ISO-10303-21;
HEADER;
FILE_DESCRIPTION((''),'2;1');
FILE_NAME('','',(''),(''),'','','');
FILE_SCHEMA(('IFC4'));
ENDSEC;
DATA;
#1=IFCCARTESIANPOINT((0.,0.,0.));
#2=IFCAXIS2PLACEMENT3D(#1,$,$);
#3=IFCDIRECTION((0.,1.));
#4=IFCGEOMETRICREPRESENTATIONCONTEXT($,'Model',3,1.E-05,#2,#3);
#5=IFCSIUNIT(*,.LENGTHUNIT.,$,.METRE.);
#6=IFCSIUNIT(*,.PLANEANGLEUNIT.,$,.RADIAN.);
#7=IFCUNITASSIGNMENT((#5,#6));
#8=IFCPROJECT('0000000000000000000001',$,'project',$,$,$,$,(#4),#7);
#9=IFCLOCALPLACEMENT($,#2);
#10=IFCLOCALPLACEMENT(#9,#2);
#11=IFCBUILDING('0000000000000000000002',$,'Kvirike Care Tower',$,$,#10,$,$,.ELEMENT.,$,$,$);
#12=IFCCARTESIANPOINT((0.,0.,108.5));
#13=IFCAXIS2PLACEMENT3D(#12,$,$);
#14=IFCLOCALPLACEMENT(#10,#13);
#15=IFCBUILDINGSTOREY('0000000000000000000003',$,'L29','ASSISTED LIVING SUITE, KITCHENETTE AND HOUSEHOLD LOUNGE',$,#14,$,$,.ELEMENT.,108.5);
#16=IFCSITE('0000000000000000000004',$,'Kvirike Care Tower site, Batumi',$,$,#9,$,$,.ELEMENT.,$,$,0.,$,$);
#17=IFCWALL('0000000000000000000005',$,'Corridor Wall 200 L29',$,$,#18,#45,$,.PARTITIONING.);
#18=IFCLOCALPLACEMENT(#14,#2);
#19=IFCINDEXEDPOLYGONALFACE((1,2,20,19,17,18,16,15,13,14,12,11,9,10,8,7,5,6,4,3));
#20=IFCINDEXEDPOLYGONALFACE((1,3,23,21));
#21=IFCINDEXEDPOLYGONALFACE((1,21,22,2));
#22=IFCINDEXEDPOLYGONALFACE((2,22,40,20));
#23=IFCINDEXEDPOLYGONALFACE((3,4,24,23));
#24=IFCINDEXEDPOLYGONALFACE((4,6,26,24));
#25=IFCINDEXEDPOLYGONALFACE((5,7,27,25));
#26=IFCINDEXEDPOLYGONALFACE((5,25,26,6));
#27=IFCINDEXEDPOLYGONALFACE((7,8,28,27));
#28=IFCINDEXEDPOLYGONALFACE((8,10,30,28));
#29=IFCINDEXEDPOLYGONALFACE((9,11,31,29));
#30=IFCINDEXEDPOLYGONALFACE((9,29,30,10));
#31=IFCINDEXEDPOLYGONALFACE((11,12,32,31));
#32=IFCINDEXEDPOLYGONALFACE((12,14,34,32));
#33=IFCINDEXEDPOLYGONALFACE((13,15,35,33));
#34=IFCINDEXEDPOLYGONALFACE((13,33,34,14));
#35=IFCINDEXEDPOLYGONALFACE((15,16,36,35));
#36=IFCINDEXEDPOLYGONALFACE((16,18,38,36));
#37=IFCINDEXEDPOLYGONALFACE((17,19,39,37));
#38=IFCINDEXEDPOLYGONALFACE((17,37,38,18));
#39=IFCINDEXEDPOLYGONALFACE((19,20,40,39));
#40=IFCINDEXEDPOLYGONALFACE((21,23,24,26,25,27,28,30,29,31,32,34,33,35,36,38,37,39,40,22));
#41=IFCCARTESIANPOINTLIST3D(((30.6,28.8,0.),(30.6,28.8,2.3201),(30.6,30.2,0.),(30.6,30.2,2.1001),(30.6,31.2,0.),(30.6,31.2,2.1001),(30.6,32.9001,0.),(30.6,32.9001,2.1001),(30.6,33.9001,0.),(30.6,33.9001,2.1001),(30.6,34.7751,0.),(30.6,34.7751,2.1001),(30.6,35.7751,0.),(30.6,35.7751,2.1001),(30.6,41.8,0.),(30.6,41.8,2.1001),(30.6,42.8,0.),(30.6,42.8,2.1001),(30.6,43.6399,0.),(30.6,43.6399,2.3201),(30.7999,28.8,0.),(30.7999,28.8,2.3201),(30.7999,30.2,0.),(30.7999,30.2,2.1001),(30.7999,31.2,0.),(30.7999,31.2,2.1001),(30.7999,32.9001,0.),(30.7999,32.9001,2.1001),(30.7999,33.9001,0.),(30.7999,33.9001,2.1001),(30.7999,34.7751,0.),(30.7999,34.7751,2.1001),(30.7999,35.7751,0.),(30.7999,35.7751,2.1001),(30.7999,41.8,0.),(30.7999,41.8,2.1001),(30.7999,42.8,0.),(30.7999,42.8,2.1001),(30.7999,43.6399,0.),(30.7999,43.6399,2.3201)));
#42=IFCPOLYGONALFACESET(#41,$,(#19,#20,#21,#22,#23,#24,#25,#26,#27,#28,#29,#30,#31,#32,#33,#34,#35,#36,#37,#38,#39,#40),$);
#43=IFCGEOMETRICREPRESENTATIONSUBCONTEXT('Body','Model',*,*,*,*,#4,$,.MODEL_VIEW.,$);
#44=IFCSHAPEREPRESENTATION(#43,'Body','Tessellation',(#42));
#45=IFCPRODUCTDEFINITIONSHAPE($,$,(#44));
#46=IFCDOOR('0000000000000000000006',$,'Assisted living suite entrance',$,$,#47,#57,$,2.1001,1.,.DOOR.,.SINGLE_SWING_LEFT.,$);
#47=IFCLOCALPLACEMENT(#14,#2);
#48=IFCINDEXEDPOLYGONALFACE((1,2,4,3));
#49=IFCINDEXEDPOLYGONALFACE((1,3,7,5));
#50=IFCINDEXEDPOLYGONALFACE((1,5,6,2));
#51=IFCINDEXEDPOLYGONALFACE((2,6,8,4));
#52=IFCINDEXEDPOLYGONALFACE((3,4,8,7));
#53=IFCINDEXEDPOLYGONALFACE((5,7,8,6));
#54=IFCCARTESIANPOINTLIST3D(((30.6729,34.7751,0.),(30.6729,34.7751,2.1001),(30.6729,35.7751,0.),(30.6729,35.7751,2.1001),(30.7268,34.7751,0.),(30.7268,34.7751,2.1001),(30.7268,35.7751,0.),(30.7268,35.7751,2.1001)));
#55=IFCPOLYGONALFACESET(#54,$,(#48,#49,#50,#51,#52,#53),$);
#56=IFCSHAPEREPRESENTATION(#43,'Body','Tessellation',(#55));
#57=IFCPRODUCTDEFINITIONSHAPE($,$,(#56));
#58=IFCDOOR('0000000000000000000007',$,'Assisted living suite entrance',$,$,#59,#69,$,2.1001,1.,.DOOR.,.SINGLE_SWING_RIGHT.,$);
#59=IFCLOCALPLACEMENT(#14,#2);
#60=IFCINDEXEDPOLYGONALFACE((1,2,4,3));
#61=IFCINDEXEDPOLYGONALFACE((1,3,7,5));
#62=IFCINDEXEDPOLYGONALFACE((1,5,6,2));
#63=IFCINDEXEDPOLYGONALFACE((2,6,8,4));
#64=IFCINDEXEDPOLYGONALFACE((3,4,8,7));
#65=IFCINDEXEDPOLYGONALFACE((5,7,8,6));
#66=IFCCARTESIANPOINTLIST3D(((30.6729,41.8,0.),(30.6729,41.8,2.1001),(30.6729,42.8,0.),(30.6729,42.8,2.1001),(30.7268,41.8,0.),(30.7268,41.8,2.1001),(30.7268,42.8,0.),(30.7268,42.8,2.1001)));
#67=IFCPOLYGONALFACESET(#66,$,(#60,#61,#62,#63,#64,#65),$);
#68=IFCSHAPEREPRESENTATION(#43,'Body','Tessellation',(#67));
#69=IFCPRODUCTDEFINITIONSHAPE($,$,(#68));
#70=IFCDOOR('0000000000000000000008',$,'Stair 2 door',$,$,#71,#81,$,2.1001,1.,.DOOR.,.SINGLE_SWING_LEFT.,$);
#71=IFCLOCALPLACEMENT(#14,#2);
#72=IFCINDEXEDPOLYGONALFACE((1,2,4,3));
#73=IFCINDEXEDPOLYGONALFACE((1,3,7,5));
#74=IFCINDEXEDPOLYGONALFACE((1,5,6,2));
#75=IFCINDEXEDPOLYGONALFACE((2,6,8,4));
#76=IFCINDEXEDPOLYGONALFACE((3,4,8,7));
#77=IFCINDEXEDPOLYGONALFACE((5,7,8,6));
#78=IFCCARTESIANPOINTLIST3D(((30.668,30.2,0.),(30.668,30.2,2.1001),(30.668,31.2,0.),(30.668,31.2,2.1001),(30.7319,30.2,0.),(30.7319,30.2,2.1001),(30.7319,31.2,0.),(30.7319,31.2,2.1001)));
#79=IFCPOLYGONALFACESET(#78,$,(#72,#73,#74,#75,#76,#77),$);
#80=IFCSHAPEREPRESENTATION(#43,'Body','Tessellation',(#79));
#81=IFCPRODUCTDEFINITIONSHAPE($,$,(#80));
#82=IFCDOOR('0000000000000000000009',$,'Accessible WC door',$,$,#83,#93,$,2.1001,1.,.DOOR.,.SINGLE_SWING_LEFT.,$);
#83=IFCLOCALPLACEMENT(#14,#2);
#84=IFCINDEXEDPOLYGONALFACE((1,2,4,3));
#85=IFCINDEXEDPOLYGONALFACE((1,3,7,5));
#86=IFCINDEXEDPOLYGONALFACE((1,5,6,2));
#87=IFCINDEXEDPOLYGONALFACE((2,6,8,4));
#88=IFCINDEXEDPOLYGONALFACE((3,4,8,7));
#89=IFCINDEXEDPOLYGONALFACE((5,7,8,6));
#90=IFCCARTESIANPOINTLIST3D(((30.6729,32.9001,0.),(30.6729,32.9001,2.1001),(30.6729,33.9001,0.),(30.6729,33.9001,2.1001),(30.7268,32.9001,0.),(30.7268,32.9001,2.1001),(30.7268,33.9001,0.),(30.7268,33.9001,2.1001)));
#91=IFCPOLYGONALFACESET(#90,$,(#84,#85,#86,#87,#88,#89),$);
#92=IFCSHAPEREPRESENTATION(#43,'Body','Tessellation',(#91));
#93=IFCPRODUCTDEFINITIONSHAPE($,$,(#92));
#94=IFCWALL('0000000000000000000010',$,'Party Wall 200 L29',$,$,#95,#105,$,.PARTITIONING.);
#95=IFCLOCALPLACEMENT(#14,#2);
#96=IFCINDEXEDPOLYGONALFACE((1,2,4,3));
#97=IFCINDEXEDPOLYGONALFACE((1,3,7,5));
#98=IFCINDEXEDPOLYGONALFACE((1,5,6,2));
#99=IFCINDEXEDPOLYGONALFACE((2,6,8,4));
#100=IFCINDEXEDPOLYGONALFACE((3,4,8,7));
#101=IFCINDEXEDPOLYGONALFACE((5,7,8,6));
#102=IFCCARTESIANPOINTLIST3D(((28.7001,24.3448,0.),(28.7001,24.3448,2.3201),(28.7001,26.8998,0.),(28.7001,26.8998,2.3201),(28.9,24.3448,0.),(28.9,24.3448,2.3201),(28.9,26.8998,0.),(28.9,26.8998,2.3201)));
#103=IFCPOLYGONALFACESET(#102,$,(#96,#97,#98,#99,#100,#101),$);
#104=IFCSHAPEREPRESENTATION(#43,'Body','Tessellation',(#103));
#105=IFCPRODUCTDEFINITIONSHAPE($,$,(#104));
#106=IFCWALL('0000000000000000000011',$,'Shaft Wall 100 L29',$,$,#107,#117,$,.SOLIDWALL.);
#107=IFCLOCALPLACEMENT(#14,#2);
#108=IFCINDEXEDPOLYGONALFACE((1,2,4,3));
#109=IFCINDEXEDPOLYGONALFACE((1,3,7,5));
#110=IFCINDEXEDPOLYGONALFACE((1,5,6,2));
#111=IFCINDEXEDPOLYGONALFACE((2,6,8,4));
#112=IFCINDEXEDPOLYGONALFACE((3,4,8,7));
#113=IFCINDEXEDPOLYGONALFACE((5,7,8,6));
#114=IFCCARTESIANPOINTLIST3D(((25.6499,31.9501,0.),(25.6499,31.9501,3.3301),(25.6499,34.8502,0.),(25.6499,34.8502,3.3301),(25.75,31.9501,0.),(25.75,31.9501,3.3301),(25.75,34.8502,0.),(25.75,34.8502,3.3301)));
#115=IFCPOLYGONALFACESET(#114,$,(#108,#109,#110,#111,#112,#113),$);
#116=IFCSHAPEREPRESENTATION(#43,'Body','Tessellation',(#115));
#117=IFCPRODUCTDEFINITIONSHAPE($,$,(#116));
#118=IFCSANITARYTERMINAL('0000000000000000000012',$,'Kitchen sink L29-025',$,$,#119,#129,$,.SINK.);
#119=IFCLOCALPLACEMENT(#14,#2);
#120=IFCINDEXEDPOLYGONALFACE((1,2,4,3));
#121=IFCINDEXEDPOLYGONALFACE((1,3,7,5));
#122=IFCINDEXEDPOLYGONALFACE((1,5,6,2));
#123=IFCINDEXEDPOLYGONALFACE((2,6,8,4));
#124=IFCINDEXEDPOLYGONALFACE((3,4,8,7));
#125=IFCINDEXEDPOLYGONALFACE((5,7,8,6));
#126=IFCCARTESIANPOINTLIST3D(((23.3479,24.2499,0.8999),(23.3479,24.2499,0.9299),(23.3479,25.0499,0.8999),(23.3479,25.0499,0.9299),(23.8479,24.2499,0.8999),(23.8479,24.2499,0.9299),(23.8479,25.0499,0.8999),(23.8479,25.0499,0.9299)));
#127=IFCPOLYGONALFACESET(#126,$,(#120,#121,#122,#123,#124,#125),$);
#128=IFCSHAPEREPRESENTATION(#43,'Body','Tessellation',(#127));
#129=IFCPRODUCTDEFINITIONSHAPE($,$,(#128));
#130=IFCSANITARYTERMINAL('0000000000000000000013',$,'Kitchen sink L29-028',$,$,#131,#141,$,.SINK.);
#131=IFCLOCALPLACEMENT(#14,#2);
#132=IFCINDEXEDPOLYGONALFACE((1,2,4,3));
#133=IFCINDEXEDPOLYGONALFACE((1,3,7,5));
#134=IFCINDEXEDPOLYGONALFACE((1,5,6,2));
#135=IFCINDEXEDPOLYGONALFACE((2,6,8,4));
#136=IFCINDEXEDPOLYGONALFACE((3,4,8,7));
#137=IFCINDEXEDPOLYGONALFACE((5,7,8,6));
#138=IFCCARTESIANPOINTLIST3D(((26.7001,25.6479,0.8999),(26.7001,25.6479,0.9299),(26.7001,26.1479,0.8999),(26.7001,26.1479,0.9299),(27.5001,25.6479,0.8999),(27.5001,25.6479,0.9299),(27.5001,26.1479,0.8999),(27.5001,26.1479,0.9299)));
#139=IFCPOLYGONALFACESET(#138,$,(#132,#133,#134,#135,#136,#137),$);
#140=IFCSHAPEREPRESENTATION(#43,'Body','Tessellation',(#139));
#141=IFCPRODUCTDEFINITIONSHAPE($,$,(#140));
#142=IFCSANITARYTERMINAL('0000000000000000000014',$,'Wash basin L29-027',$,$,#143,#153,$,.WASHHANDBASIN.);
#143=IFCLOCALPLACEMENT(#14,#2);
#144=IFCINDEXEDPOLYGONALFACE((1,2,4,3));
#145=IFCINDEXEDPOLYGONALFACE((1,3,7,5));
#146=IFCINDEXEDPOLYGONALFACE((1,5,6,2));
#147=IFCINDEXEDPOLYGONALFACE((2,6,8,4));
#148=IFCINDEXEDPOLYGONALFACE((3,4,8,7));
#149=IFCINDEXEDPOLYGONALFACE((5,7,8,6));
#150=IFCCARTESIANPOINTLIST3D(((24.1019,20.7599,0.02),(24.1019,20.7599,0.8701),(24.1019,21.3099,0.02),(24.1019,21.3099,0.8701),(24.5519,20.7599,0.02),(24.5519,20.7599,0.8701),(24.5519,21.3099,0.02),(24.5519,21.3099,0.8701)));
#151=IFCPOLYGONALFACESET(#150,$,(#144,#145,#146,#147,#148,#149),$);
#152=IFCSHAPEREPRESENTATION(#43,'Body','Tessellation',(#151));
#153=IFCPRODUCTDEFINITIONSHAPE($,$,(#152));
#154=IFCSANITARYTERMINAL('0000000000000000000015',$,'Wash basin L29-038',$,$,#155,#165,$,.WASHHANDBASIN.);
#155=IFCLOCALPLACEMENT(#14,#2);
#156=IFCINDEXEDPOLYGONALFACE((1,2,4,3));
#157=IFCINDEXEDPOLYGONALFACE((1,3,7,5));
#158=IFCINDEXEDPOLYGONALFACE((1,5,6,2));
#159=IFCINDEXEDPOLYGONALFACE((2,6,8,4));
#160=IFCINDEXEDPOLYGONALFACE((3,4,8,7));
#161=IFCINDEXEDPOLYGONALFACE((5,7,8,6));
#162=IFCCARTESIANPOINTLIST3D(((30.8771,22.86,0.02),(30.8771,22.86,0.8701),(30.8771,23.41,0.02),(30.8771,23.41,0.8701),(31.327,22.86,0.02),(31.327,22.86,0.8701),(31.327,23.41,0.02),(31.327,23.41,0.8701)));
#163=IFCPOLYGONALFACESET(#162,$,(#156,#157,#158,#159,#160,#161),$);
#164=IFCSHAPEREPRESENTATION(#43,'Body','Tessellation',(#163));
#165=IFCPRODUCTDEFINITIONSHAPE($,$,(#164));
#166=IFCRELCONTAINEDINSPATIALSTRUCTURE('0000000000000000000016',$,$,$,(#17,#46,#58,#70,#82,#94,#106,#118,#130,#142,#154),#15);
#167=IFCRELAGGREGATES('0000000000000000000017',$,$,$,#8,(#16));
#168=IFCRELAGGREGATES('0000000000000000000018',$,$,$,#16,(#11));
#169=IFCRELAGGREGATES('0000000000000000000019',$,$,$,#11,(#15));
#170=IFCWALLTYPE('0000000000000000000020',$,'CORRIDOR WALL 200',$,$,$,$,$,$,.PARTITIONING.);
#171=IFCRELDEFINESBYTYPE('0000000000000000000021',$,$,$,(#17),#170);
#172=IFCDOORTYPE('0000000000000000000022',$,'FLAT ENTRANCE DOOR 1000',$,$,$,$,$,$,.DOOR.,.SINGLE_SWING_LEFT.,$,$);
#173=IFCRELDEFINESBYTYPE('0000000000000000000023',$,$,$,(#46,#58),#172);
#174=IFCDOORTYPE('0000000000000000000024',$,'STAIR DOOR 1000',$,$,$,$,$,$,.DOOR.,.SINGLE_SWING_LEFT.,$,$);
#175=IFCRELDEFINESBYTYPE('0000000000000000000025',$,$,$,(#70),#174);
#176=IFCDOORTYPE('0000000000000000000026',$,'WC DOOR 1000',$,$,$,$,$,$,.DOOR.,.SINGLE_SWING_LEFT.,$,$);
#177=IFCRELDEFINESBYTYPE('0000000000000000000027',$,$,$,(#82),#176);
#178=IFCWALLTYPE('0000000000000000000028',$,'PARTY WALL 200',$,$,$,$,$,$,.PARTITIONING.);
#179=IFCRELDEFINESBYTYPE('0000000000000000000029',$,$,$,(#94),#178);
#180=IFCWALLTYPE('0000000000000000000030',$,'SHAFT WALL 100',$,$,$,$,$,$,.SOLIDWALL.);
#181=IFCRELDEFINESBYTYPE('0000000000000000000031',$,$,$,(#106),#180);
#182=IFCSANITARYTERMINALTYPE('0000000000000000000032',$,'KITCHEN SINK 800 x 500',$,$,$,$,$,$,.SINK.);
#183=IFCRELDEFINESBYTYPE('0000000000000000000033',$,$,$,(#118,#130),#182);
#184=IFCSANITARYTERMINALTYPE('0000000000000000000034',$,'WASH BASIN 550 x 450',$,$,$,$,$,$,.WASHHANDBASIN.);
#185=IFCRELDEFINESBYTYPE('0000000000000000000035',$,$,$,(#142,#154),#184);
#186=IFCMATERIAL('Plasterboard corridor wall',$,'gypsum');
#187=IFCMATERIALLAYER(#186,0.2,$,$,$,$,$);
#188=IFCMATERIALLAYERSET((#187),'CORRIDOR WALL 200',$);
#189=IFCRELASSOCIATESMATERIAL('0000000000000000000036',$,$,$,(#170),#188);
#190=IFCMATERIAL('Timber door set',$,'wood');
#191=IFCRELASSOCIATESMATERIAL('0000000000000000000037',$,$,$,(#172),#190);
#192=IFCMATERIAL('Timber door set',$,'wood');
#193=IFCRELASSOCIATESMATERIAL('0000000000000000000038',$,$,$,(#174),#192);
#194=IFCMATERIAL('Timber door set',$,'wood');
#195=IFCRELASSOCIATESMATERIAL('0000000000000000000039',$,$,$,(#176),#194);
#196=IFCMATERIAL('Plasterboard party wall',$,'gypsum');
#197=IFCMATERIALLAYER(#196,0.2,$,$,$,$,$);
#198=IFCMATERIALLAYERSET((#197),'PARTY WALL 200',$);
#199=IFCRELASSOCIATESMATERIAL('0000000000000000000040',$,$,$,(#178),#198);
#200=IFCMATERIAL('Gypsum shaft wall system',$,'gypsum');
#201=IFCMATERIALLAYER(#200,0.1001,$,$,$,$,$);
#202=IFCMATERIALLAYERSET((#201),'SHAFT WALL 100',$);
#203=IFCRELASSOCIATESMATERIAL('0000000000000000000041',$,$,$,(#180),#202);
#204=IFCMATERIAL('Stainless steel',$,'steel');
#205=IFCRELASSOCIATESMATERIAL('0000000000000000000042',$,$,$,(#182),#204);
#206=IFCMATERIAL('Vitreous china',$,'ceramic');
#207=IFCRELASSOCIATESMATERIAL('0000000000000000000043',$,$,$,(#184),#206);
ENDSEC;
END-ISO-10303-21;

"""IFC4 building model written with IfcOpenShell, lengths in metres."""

from ifc_helpers import new_model, si_unit, direction, frame, frame_2d, origin, origin_2d, place, context, subcontext, project, spatial, rectangle, extrude, material, layer, layer_set, type_object, element, fill, save


model = new_model("IFC4")

# Units and contexts
model_context = context("Model", 3, precision=1e-05, world=origin(), true_north=direction((0.0, 1.0)))
body_context = subcontext(model_context, "Body", "Model", "MODEL_VIEW")
ifc_project = project(units=[si_unit("LENGTHUNIT", "METRE"), si_unit("PLANEANGLEUNIT", "RADIAN")], contexts=[model_context])

# Site, building, storey
site_placement = place(None, origin())
site = spatial("IfcSite", under=ifc_project, at=site_placement, Name="Kvirike Care Tower site, Batumi", CompositionType="ELEMENT", RefElevation=0.0)
building_placement = place(site_placement, origin())
building = spatial("IfcBuilding", under=site, at=building_placement, Name="Kvirike Care Tower", CompositionType="ELEMENT")
storey_placement = place(building_placement, frame((0.0, 0.0, 108.5)))
storey = spatial("IfcBuildingStorey", under=building, at=storey_placement, Name="L29", Description="ASSISTED LIVING SUITE, KITCHENETTE AND HOUSEHOLD LOUNGE", CompositionType="ELEMENT", Elevation=108.5)

# Wall, openings, doors
ifc_material_1 = material(Name="Plasterboard corridor wall", Category="gypsum")
ifc_layer_1 = layer(ifc_material_1, 0.2)
ifc_layer_set_1 = layer_set([ifc_layer_1], Name="CORRIDOR WALL 200")
wall_type_1 = type_object("IfcWallType", Name="CORRIDOR WALL 200", PredefinedType="PARTITIONING", material=ifc_layer_set_1)
ifc_material_2 = material(Name="Timber door set", Category="wood")
door_type_1 = type_object("IfcDoorType", Name="FLAT ENTRANCE DOOR 1000", OperationType="SINGLE_SWING_LEFT", PredefinedType="DOOR", material=ifc_material_2)
wall_1_placement = place(storey_placement, frame((30.7, 28.8, 0.0), z_axis=(0.0, 0.0, 1.0), x_axis=(0.0, 1.0, 0.0)))
wall_1 = element("IfcWall", 1, at=wall_1_placement, inside=storey, type_object=wall_type_1, Name="Corridor Wall 200 L29", PredefinedType="PARTITIONING", context=body_context, shape_type="SweptSolid", body=[
    extrude(rectangle(XDim=14.8398, YDim=0.2, at=frame_2d((7.4199, 0.0))), origin(), (0.0, 0.0, 1.0), 2.3201),
])
opening_1_placement = place(wall_1_placement, frame((1.3999, 0.0, 0.0)))
opening_1 = element("IfcOpeningElement", 2, at=opening_1_placement, cuts=wall_1, PredefinedType="OPENING", context=body_context, shape_type="SweptSolid", body=[
    extrude(rectangle(XDim=1.0, YDim=2.1001, at=frame_2d((0.5, 1.05))), frame((0.0, 0.1106, 0.0), z_axis=(0.0, -1.0, 0.0), x_axis=(1.0, 0.0, 0.0)), (0.0, 0.0, 1.0), 0.2209),
])
opening_2_placement = place(wall_1_placement, frame((4.1001, 0.0, 0.0)))
opening_2 = element("IfcOpeningElement", 3, at=opening_2_placement, cuts=wall_1, PredefinedType="OPENING", context=body_context, shape_type="SweptSolid", body=[
    extrude(rectangle(XDim=1.0, YDim=2.1001, at=frame_2d((0.5, 1.05))), frame((0.0, 0.1106, 0.0), z_axis=(0.0, -1.0, 0.0), x_axis=(1.0, 0.0, 0.0)), (0.0, 0.0, 1.0), 0.2209),
])
opening_3_placement = place(wall_1_placement, frame((5.9751, 0.0, 0.0)))
opening_3 = element("IfcOpeningElement", 4, at=opening_3_placement, cuts=wall_1, PredefinedType="OPENING", context=body_context, shape_type="SweptSolid", body=[
    extrude(rectangle(XDim=1.0, YDim=2.1001, at=frame_2d((0.5, 1.05))), frame((0.0, 0.1106, 0.0), z_axis=(0.0, -1.0, 0.0), x_axis=(1.0, 0.0, 0.0)), (0.0, 0.0, 1.0), 0.2209),
])
opening_4_placement = place(wall_1_placement, frame((13.0, 0.0, 0.0)))
opening_4 = element("IfcOpeningElement", 5, at=opening_4_placement, cuts=wall_1, PredefinedType="OPENING", context=body_context, shape_type="SweptSolid", body=[
    extrude(rectangle(XDim=1.0, YDim=2.1001, at=frame_2d((0.5, 1.05))), frame((0.0, 0.1106, 0.0), z_axis=(0.0, -1.0, 0.0), x_axis=(1.0, 0.0, 0.0)), (0.0, 0.0, 1.0), 0.2209),
])
door_1_placement = place(opening_3_placement, frame((1.0, 0.0, 0.0), z_axis=(0.0, 0.0, 1.0), x_axis=(-1.0, 0.0, 0.0)))
door_1 = element("IfcDoor", 6, at=door_1_placement, inside=storey, type_object=door_type_1, Name="Assisted living suite entrance", OperationType="SINGLE_SWING_LEFT", OverallHeight=2.1001, OverallWidth=1.0, PredefinedType="DOOR", context=body_context, shape_type="SweptSolid", body=[
    extrude(rectangle(XDim=1.0, YDim=2.1001, at=frame_2d((0.5, 1.05))), frame((0.0, 0.0269, 0.0), z_axis=(0.0, -1.0, 0.0), x_axis=(1.0, 0.0, 0.0)), (0.0, 0.0, 1.0), 0.054),
])
fill(opening_3, door_1)
door_2_placement = place(opening_4_placement, frame((1.0, 0.0, 0.0), z_axis=(0.0, 0.0, 1.0), x_axis=(-1.0, 0.0, 0.0)))
door_2 = element("IfcDoor", 7, at=door_2_placement, inside=storey, type_object=door_type_1, Name="Assisted living suite entrance", OperationType="SINGLE_SWING_RIGHT", OverallHeight=2.1001, OverallWidth=1.0, PredefinedType="DOOR", context=body_context, shape_type="SweptSolid", body=[
    extrude(rectangle(XDim=1.0, YDim=2.1001, at=frame_2d((0.5, 1.05))), frame((0.0, 0.0269, 0.0), z_axis=(0.0, -1.0, 0.0), x_axis=(1.0, 0.0, 0.0)), (0.0, 0.0, 1.0), 0.054),
])
fill(opening_4, door_2)
ifc_material_3 = material(Name="Timber door set", Category="wood")
door_type_2 = type_object("IfcDoorType", Name="STAIR DOOR 1000", OperationType="SINGLE_SWING_LEFT", PredefinedType="DOOR", material=ifc_material_3)
door_3_placement = place(opening_1_placement, frame((1.0, 0.0, 0.0), z_axis=(0.0, 0.0, 1.0), x_axis=(-1.0, 0.0, 0.0)))
door_3 = element("IfcDoor", 8, at=door_3_placement, inside=storey, type_object=door_type_2, Name="Stair 2 door", OperationType="SINGLE_SWING_LEFT", OverallHeight=2.1001, OverallWidth=1.0, PredefinedType="DOOR", context=body_context, shape_type="SweptSolid", body=[
    extrude(rectangle(XDim=1.0, YDim=2.1001, at=frame_2d((0.5, 1.05))), frame((0.0, 0.032, 0.0), z_axis=(0.0, -1.0, 0.0), x_axis=(1.0, 0.0, 0.0)), (0.0, 0.0, 1.0), 0.064),
])
fill(opening_1, door_3)
ifc_material_4 = material(Name="Timber door set", Category="wood")
door_type_3 = type_object("IfcDoorType", Name="WC DOOR 1000", OperationType="SINGLE_SWING_LEFT", PredefinedType="DOOR", material=ifc_material_4)
door_4_placement = place(opening_2_placement, frame((1.0, 0.0, 0.0), z_axis=(0.0, 0.0, 1.0), x_axis=(-1.0, 0.0, 0.0)))
door_4 = element("IfcDoor", 9, at=door_4_placement, inside=storey, type_object=door_type_3, Name="Accessible WC door", OperationType="SINGLE_SWING_LEFT", OverallHeight=2.1001, OverallWidth=1.0, PredefinedType="DOOR", context=body_context, shape_type="SweptSolid", body=[
    extrude(rectangle(XDim=1.0, YDim=2.1001, at=frame_2d((0.5, 1.05))), frame((0.0, 0.0269, 0.0), z_axis=(0.0, -1.0, 0.0), x_axis=(1.0, 0.0, 0.0)), (0.0, 0.0, 1.0), 0.054),
])
fill(opening_2, door_4)

# Walls
ifc_material_5 = material(Name="Plasterboard party wall", Category="gypsum")
ifc_layer_2 = layer(ifc_material_5, 0.2)
ifc_layer_set_2 = layer_set([ifc_layer_2], Name="PARTY WALL 200")
wall_type_2 = type_object("IfcWallType", Name="PARTY WALL 200", PredefinedType="PARTITIONING", material=ifc_layer_set_2)
wall_2_placement = place(storey_placement, frame((28.8, 24.345, 0.0), z_axis=(0.0, 0.0, 1.0), x_axis=(0.0, 1.0, 0.0)))
element("IfcWall", 10, at=wall_2_placement, inside=storey, type_object=wall_type_2, Name="Party Wall 200 L29", PredefinedType="PARTITIONING", context=body_context, shape_type="SweptSolid", body=[
    extrude(rectangle(XDim=2.5549, YDim=0.2, at=frame_2d((1.2773, 0.0))), origin(), (0.0, 0.0, 1.0), 2.3201),
])
ifc_material_6 = material(Name="Gypsum shaft wall system", Category="gypsum")
ifc_layer_3 = layer(ifc_material_6, 0.1001)
ifc_layer_set_3 = layer_set([ifc_layer_3], Name="SHAFT WALL 100")
wall_type_3 = type_object("IfcWallType", Name="SHAFT WALL 100", PredefinedType="SOLIDWALL", material=ifc_layer_set_3)
wall_3_placement = place(storey_placement, frame((25.7, 31.95, 0.0), z_axis=(0.0, 0.0, 1.0), x_axis=(0.0, 1.0, 0.0)))
element("IfcWall", 11, at=wall_3_placement, inside=storey, type_object=wall_type_3, Name="Shaft Wall 100 L29", PredefinedType="SOLIDWALL", context=body_context, shape_type="SweptSolid", body=[
    extrude(rectangle(XDim=2.9001, YDim=0.1001, at=frame_2d((1.4502, 0.0))), origin(), (0.0, 0.0, 1.0), 3.3301),
])

# Sanitary terminals
ifc_material_7 = material(Name="Stainless steel", Category="steel")
sanitary_terminal_type_1 = type_object("IfcSanitaryTerminalType", Name="KITCHEN SINK 800 x 500", PredefinedType="SINK", material=ifc_material_7)
for number, where, z_axis, x_axis, name in (
    (12, (23.5979, 24.6499, 0.8999), (0.0, 0.0, 1.0), (0.0, -1.0, 0.0), "Kitchen sink L29-025"),
    (13, (27.1001, 25.8979, 0.8999), (0.0, 0.0, 1.0), (1.0, 0.0, 0.0), "Kitchen sink L29-028"),
):
    element("IfcSanitaryTerminal", number, at=place(storey_placement, frame(where, z_axis=z_axis, x_axis=x_axis)), inside=storey, type_object=sanitary_terminal_type_1, Name=name, PredefinedType="SINK", context=body_context, shape_type="SweptSolid", body=[
        extrude(rectangle(XDim=0.8, YDim=0.5, at=origin_2d()), origin(), (0.0, 0.0, 1.0), 0.03),
    ])
ifc_material_8 = material(Name="Vitreous china", Category="ceramic")
sanitary_terminal_type_2 = type_object("IfcSanitaryTerminalType", Name="WASH BASIN 550 x 450", PredefinedType="WASHHANDBASIN", material=ifc_material_8)
for number, where, z_axis, x_axis, name in (
    (14, (24.3269, 21.0349, 0.02), (0.0, 0.0, 1.0), (0.0, 1.0, 0.0), "Wash basin L29-027"),
    (15, (31.1021, 23.135, 0.02), (0.0, 0.0, 1.0), (0.0, 1.0, 0.0), "Wash basin L29-038"),
):
    element("IfcSanitaryTerminal", number, at=place(storey_placement, frame(where, z_axis=z_axis, x_axis=x_axis)), inside=storey, type_object=sanitary_terminal_type_2, Name=name, PredefinedType="WASHHANDBASIN", context=body_context, shape_type="SweptSolid", body=[
        extrude(rectangle(XDim=0.55, YDim=0.45, at=origin_2d()), origin(), (0.0, 0.0, 1.0), 0.8501),
    ])

save(model, "model.ifc")
